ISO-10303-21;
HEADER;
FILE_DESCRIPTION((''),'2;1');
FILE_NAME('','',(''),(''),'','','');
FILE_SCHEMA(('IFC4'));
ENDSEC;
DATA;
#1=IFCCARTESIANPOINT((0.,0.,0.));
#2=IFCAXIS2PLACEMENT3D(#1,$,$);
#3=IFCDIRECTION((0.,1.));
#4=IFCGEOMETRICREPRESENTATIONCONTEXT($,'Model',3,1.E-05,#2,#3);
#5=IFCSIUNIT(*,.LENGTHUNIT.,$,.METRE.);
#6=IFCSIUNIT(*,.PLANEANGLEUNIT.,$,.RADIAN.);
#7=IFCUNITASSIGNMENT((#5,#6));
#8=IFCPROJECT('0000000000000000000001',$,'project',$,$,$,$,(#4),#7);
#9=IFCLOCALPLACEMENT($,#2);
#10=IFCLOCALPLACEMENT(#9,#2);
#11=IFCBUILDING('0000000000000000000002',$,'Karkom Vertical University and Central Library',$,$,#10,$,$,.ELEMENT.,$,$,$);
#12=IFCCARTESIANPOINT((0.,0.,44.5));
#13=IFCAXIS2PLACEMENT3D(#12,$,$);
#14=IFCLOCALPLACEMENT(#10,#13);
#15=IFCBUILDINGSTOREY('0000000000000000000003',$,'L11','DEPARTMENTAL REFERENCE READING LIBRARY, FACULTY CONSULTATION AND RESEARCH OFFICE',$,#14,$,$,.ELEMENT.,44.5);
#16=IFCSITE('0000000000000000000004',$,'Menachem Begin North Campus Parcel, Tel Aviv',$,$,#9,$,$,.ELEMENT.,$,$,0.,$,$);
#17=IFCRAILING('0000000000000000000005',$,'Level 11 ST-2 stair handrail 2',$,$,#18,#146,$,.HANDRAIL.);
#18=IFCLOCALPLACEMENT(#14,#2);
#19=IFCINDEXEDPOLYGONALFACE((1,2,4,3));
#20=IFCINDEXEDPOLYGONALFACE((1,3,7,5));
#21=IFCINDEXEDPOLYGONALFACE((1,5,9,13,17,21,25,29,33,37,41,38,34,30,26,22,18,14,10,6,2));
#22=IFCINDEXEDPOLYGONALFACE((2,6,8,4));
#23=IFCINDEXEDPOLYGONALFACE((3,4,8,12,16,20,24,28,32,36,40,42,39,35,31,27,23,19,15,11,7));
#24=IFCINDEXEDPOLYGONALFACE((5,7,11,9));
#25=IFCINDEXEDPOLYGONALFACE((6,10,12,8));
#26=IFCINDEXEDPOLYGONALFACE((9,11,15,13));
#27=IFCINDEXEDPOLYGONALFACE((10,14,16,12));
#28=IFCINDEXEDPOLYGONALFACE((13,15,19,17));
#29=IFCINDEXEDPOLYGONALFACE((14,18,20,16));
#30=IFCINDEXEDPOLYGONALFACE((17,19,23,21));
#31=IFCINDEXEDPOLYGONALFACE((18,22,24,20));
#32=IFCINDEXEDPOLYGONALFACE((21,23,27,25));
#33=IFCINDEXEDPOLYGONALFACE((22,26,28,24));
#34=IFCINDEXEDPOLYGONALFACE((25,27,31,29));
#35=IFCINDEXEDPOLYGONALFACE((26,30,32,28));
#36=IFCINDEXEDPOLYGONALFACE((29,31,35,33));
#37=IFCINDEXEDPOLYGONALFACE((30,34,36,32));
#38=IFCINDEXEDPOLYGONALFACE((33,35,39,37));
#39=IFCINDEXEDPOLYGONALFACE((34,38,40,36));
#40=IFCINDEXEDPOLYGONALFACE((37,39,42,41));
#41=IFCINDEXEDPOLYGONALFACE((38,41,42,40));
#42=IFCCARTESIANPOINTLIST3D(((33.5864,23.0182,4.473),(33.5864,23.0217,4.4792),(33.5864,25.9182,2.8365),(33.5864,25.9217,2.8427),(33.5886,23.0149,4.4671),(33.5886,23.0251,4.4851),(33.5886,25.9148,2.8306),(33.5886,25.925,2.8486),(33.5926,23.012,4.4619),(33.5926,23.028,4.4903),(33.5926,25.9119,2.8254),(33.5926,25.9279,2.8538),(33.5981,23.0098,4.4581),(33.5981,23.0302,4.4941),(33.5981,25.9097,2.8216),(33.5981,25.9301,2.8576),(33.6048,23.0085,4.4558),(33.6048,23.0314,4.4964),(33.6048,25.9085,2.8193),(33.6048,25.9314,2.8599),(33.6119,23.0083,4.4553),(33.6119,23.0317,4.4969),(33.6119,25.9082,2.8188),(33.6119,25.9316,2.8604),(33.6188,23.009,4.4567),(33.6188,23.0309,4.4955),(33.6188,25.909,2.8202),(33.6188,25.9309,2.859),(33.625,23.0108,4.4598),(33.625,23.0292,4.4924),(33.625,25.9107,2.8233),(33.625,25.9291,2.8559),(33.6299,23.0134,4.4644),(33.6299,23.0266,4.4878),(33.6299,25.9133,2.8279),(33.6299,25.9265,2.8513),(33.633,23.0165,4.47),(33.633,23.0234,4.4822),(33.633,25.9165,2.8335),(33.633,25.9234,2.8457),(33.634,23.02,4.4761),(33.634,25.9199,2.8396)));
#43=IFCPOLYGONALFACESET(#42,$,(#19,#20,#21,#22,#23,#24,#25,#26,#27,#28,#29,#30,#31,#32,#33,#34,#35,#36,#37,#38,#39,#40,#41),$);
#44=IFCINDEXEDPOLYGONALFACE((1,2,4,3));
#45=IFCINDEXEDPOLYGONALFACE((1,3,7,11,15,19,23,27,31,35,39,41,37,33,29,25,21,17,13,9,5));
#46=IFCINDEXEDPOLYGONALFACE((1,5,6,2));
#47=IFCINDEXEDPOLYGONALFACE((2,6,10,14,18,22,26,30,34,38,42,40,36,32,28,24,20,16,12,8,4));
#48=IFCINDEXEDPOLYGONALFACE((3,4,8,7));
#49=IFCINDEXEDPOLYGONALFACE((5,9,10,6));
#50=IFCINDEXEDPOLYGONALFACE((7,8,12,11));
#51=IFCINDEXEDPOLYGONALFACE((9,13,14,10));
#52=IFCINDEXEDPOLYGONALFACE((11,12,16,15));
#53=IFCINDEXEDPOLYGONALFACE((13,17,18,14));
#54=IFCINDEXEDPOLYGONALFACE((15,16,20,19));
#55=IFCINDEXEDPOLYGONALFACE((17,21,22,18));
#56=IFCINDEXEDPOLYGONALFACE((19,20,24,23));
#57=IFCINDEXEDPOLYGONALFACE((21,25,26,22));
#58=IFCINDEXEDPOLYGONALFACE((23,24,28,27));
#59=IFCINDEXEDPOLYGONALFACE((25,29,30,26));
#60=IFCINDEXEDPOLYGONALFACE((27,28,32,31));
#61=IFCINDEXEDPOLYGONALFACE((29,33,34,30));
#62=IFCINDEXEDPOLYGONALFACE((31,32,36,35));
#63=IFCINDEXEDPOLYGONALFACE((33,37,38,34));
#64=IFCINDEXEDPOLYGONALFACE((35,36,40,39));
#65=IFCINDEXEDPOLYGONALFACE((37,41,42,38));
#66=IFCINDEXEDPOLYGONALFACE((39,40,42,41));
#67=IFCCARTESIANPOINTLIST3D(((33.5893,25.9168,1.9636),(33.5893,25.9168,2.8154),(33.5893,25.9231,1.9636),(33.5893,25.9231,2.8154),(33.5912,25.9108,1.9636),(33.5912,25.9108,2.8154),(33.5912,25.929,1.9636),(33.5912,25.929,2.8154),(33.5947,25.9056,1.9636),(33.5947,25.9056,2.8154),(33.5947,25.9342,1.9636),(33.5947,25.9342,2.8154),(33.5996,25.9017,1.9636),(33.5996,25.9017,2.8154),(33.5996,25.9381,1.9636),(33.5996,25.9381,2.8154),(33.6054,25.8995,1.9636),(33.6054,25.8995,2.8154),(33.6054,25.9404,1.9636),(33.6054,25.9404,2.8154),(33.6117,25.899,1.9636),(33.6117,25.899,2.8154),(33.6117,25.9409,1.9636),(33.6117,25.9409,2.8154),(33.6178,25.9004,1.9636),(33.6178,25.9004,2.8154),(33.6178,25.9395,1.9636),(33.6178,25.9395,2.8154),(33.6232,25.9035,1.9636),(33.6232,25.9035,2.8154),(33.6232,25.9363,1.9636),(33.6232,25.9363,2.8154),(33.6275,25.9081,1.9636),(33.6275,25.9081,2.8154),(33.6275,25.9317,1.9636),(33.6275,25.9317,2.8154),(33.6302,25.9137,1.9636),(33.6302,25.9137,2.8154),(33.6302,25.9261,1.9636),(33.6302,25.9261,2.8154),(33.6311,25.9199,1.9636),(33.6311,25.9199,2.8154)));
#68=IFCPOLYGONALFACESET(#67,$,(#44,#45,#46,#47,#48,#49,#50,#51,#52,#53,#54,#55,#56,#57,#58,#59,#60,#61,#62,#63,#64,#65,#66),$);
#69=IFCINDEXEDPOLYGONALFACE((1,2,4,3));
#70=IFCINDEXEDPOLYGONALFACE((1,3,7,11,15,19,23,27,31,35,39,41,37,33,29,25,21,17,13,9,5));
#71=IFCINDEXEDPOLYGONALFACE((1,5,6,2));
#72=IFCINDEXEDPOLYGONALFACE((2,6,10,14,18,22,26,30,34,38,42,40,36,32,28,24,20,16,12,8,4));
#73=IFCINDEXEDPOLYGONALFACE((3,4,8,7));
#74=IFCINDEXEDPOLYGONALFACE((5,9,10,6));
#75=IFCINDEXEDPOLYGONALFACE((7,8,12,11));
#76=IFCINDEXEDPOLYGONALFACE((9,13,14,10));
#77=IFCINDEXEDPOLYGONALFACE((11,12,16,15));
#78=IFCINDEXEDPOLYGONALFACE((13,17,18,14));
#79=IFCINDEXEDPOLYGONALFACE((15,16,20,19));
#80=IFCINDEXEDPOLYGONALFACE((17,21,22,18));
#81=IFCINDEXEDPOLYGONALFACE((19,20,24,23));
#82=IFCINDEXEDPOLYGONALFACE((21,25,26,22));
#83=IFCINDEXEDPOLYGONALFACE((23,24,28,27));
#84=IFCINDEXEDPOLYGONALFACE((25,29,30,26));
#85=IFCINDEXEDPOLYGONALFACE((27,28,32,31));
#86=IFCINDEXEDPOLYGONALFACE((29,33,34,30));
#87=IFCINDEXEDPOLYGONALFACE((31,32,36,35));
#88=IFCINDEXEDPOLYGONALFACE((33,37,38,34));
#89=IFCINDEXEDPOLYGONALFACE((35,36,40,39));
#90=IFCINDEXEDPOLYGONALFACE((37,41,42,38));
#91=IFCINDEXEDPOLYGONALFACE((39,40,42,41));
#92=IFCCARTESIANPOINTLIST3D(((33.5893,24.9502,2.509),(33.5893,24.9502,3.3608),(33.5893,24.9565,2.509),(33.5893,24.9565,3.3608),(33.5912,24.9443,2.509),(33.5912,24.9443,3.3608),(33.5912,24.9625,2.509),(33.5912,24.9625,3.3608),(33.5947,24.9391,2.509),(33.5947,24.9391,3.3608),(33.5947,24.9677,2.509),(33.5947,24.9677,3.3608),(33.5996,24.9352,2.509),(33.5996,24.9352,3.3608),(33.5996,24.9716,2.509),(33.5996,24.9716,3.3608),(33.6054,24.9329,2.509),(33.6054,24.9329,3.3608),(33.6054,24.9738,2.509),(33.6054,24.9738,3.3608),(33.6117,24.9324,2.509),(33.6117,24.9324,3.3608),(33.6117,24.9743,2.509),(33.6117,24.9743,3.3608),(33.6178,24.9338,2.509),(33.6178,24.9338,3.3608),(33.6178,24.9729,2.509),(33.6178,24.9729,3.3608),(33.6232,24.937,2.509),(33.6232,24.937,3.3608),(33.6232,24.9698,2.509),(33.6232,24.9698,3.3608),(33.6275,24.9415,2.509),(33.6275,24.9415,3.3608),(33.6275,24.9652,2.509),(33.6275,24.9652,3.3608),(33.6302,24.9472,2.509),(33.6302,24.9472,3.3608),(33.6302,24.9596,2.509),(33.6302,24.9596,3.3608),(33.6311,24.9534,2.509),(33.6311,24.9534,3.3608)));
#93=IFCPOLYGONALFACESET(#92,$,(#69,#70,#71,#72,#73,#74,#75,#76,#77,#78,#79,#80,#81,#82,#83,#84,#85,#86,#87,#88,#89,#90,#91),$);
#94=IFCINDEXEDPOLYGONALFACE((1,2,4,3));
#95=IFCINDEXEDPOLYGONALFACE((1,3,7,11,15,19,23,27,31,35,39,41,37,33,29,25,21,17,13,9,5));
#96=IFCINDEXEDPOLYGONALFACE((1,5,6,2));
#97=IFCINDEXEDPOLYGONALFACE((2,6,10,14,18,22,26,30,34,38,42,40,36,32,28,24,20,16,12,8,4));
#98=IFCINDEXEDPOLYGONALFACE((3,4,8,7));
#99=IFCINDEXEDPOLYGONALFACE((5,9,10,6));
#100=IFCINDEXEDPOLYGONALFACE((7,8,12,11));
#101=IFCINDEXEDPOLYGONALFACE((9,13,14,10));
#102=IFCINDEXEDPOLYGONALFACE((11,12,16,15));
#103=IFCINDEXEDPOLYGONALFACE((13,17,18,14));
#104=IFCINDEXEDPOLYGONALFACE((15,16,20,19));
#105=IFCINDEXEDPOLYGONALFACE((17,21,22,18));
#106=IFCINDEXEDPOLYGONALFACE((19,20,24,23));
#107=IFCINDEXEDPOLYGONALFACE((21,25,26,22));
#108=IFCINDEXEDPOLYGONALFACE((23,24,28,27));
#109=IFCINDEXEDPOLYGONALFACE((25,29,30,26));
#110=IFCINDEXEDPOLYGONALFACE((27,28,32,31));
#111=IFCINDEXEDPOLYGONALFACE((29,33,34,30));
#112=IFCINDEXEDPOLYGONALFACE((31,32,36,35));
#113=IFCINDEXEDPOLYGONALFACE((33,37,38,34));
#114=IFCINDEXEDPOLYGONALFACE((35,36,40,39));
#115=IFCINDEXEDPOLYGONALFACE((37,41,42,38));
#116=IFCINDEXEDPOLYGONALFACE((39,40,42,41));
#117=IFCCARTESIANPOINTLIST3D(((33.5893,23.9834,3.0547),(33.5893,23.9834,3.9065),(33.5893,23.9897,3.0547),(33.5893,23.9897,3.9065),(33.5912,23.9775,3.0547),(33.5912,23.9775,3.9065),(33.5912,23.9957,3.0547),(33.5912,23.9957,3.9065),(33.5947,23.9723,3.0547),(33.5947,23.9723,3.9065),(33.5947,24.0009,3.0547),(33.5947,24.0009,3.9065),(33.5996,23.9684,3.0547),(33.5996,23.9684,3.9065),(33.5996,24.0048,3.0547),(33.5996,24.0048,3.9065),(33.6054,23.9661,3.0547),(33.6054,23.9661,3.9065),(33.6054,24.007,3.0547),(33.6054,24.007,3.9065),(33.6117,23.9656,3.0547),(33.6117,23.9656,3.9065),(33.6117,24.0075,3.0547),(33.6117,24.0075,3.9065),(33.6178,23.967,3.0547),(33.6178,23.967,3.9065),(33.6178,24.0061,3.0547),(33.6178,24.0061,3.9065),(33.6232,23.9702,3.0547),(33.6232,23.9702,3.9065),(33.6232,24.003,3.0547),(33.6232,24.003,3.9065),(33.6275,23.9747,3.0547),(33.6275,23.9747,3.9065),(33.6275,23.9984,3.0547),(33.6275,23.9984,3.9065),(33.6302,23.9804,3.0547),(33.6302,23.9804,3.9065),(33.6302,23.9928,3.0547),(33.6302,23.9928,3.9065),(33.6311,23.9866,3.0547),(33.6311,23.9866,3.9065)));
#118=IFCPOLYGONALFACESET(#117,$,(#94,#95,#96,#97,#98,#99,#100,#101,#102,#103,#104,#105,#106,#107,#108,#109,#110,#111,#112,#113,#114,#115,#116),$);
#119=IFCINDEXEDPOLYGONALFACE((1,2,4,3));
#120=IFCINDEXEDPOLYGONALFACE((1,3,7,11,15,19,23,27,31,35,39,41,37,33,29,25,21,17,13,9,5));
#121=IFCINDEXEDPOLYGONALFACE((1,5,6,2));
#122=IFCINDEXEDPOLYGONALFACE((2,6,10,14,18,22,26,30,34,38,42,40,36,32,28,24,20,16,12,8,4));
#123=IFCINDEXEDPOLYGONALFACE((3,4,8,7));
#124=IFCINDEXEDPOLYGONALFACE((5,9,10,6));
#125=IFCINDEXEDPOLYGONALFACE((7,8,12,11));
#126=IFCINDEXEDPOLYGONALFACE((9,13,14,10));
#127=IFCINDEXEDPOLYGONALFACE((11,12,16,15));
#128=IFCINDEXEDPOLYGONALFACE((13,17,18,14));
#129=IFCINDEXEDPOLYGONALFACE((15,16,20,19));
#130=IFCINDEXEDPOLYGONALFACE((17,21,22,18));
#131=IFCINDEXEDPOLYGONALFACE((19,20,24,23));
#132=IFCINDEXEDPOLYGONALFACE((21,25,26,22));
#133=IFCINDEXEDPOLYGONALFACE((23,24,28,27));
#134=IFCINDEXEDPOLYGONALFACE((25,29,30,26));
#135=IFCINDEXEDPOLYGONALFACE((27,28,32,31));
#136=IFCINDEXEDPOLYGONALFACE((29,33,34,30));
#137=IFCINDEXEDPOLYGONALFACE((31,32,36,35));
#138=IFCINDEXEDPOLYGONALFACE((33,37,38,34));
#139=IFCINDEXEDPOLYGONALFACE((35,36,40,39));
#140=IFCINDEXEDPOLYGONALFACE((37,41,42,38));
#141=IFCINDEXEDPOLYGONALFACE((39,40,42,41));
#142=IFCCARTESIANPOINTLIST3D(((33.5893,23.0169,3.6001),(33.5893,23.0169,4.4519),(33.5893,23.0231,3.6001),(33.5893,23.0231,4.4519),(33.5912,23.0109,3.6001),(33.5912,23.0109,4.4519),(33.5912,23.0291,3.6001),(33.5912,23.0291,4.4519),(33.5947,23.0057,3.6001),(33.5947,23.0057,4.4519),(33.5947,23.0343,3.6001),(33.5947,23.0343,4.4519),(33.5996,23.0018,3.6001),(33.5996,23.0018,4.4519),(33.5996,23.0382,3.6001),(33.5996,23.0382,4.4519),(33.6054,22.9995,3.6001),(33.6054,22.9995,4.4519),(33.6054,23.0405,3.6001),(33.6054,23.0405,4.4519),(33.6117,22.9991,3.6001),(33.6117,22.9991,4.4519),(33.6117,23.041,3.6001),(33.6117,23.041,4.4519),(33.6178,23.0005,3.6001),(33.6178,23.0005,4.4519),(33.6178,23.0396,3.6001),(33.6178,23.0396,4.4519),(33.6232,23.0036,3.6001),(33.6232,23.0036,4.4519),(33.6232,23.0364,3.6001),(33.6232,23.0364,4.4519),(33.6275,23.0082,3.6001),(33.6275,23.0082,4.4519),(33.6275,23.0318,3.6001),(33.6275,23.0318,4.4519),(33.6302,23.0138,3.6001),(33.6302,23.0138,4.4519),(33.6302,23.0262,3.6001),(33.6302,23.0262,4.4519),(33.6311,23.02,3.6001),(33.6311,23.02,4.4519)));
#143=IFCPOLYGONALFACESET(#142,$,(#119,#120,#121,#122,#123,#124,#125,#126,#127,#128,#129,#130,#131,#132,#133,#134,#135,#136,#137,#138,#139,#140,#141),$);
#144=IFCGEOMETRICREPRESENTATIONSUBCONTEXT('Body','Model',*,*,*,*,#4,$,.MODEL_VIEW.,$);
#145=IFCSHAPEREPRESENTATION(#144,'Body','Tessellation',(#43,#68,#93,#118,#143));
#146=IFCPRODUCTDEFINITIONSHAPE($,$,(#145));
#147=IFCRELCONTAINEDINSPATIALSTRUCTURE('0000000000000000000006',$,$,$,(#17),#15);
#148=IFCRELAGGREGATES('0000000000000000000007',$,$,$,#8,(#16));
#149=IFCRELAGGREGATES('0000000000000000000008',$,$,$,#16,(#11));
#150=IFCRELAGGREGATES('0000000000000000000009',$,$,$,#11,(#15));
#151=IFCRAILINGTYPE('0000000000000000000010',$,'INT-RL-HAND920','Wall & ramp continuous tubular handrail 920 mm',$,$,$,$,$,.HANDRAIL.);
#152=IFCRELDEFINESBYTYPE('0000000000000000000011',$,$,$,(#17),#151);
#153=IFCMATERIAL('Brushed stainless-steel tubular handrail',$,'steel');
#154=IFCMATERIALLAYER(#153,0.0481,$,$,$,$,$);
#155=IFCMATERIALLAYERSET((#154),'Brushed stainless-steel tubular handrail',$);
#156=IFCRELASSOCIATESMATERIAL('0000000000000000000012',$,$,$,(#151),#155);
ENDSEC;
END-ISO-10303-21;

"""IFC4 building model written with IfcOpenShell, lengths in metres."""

from ifc_helpers import new_model, si_unit, direction, frame, origin, origin_2d, place, context, subcontext, project, spatial, circle, extrude, material, layer, layer_set, type_object, element, save


model = new_model("IFC4")

# Units and contexts
model_context = context("Model", 3, precision=1e-05, world=origin(), true_north=direction((0.0, 1.0)))
body_context = subcontext(model_context, "Body", "Model", "MODEL_VIEW")
ifc_project = project(units=[si_unit("LENGTHUNIT", "METRE"), si_unit("PLANEANGLEUNIT", "RADIAN")], contexts=[model_context])

# Site, building, storey
site_placement = place(None, origin())
site = spatial("IfcSite", under=ifc_project, at=site_placement, Name="Menachem Begin North Campus Parcel, Tel Aviv", CompositionType="ELEMENT", RefElevation=0.0)
building_placement = place(site_placement, origin())
building = spatial("IfcBuilding", under=site, at=building_placement, Name="Karkom Vertical University and Central Library", CompositionType="ELEMENT")
storey_placement = place(building_placement, frame((0.0, 0.0, 44.5)))
storey = spatial("IfcBuildingStorey", under=building, at=storey_placement, Name="L11", Description="DEPARTMENTAL REFERENCE READING LIBRARY, FACULTY CONSULTATION AND RESEARCH OFFICE", CompositionType="ELEMENT", Elevation=44.5)

# Railing
ifc_material_1 = material(Name="Brushed stainless-steel tubular handrail", Category="steel")
ifc_layer_1 = layer(ifc_material_1, 0.0481)
ifc_layer_set_1 = layer_set([ifc_layer_1], Name="Brushed stainless-steel tubular handrail")
railing_type = type_object("IfcRailingType", Name="INT-RL-HAND920", Description="Wall & ramp continuous tubular handrail 920 mm", PredefinedType="HANDRAIL", material=ifc_layer_set_1)
railing_placement = place(storey_placement, frame((33.6101, 25.9199, 1.9636)))
element("IfcRailing", 1, at=railing_placement, inside=storey, type_object=railing_type, Name="Level 11 ST-2 stair handrail 2", PredefinedType="HANDRAIL", context=body_context, shape_type="SweptSolid", body=[
    extrude(circle(Radius=0.0239, at=origin_2d()), frame((0.0, 0.0, 0.876), z_axis=(0.0, -0.870897, 0.491465), x_axis=(1.0, 0.0, 0.0)), (0.0, 0.0, 1.0), 3.3298),
    extrude(circle(Radius=0.021, at=origin_2d()), origin(), (0.0, 0.0, 1.0), 0.8518),
    extrude(circle(Radius=0.021, at=origin_2d()), frame((0.0, -0.9666, 0.5454)), (0.0, 0.0, 1.0), 0.8518),
    extrude(circle(Radius=0.021, at=origin_2d()), frame((0.0, -1.9333, 1.0911)), (0.0, 0.0, 1.0), 0.8518),
    extrude(circle(Radius=0.021, at=origin_2d()), frame((0.0, -2.8999, 1.6365)), (0.0, 0.0, 1.0), 0.8518),
])

save(model, "model.ifc")
